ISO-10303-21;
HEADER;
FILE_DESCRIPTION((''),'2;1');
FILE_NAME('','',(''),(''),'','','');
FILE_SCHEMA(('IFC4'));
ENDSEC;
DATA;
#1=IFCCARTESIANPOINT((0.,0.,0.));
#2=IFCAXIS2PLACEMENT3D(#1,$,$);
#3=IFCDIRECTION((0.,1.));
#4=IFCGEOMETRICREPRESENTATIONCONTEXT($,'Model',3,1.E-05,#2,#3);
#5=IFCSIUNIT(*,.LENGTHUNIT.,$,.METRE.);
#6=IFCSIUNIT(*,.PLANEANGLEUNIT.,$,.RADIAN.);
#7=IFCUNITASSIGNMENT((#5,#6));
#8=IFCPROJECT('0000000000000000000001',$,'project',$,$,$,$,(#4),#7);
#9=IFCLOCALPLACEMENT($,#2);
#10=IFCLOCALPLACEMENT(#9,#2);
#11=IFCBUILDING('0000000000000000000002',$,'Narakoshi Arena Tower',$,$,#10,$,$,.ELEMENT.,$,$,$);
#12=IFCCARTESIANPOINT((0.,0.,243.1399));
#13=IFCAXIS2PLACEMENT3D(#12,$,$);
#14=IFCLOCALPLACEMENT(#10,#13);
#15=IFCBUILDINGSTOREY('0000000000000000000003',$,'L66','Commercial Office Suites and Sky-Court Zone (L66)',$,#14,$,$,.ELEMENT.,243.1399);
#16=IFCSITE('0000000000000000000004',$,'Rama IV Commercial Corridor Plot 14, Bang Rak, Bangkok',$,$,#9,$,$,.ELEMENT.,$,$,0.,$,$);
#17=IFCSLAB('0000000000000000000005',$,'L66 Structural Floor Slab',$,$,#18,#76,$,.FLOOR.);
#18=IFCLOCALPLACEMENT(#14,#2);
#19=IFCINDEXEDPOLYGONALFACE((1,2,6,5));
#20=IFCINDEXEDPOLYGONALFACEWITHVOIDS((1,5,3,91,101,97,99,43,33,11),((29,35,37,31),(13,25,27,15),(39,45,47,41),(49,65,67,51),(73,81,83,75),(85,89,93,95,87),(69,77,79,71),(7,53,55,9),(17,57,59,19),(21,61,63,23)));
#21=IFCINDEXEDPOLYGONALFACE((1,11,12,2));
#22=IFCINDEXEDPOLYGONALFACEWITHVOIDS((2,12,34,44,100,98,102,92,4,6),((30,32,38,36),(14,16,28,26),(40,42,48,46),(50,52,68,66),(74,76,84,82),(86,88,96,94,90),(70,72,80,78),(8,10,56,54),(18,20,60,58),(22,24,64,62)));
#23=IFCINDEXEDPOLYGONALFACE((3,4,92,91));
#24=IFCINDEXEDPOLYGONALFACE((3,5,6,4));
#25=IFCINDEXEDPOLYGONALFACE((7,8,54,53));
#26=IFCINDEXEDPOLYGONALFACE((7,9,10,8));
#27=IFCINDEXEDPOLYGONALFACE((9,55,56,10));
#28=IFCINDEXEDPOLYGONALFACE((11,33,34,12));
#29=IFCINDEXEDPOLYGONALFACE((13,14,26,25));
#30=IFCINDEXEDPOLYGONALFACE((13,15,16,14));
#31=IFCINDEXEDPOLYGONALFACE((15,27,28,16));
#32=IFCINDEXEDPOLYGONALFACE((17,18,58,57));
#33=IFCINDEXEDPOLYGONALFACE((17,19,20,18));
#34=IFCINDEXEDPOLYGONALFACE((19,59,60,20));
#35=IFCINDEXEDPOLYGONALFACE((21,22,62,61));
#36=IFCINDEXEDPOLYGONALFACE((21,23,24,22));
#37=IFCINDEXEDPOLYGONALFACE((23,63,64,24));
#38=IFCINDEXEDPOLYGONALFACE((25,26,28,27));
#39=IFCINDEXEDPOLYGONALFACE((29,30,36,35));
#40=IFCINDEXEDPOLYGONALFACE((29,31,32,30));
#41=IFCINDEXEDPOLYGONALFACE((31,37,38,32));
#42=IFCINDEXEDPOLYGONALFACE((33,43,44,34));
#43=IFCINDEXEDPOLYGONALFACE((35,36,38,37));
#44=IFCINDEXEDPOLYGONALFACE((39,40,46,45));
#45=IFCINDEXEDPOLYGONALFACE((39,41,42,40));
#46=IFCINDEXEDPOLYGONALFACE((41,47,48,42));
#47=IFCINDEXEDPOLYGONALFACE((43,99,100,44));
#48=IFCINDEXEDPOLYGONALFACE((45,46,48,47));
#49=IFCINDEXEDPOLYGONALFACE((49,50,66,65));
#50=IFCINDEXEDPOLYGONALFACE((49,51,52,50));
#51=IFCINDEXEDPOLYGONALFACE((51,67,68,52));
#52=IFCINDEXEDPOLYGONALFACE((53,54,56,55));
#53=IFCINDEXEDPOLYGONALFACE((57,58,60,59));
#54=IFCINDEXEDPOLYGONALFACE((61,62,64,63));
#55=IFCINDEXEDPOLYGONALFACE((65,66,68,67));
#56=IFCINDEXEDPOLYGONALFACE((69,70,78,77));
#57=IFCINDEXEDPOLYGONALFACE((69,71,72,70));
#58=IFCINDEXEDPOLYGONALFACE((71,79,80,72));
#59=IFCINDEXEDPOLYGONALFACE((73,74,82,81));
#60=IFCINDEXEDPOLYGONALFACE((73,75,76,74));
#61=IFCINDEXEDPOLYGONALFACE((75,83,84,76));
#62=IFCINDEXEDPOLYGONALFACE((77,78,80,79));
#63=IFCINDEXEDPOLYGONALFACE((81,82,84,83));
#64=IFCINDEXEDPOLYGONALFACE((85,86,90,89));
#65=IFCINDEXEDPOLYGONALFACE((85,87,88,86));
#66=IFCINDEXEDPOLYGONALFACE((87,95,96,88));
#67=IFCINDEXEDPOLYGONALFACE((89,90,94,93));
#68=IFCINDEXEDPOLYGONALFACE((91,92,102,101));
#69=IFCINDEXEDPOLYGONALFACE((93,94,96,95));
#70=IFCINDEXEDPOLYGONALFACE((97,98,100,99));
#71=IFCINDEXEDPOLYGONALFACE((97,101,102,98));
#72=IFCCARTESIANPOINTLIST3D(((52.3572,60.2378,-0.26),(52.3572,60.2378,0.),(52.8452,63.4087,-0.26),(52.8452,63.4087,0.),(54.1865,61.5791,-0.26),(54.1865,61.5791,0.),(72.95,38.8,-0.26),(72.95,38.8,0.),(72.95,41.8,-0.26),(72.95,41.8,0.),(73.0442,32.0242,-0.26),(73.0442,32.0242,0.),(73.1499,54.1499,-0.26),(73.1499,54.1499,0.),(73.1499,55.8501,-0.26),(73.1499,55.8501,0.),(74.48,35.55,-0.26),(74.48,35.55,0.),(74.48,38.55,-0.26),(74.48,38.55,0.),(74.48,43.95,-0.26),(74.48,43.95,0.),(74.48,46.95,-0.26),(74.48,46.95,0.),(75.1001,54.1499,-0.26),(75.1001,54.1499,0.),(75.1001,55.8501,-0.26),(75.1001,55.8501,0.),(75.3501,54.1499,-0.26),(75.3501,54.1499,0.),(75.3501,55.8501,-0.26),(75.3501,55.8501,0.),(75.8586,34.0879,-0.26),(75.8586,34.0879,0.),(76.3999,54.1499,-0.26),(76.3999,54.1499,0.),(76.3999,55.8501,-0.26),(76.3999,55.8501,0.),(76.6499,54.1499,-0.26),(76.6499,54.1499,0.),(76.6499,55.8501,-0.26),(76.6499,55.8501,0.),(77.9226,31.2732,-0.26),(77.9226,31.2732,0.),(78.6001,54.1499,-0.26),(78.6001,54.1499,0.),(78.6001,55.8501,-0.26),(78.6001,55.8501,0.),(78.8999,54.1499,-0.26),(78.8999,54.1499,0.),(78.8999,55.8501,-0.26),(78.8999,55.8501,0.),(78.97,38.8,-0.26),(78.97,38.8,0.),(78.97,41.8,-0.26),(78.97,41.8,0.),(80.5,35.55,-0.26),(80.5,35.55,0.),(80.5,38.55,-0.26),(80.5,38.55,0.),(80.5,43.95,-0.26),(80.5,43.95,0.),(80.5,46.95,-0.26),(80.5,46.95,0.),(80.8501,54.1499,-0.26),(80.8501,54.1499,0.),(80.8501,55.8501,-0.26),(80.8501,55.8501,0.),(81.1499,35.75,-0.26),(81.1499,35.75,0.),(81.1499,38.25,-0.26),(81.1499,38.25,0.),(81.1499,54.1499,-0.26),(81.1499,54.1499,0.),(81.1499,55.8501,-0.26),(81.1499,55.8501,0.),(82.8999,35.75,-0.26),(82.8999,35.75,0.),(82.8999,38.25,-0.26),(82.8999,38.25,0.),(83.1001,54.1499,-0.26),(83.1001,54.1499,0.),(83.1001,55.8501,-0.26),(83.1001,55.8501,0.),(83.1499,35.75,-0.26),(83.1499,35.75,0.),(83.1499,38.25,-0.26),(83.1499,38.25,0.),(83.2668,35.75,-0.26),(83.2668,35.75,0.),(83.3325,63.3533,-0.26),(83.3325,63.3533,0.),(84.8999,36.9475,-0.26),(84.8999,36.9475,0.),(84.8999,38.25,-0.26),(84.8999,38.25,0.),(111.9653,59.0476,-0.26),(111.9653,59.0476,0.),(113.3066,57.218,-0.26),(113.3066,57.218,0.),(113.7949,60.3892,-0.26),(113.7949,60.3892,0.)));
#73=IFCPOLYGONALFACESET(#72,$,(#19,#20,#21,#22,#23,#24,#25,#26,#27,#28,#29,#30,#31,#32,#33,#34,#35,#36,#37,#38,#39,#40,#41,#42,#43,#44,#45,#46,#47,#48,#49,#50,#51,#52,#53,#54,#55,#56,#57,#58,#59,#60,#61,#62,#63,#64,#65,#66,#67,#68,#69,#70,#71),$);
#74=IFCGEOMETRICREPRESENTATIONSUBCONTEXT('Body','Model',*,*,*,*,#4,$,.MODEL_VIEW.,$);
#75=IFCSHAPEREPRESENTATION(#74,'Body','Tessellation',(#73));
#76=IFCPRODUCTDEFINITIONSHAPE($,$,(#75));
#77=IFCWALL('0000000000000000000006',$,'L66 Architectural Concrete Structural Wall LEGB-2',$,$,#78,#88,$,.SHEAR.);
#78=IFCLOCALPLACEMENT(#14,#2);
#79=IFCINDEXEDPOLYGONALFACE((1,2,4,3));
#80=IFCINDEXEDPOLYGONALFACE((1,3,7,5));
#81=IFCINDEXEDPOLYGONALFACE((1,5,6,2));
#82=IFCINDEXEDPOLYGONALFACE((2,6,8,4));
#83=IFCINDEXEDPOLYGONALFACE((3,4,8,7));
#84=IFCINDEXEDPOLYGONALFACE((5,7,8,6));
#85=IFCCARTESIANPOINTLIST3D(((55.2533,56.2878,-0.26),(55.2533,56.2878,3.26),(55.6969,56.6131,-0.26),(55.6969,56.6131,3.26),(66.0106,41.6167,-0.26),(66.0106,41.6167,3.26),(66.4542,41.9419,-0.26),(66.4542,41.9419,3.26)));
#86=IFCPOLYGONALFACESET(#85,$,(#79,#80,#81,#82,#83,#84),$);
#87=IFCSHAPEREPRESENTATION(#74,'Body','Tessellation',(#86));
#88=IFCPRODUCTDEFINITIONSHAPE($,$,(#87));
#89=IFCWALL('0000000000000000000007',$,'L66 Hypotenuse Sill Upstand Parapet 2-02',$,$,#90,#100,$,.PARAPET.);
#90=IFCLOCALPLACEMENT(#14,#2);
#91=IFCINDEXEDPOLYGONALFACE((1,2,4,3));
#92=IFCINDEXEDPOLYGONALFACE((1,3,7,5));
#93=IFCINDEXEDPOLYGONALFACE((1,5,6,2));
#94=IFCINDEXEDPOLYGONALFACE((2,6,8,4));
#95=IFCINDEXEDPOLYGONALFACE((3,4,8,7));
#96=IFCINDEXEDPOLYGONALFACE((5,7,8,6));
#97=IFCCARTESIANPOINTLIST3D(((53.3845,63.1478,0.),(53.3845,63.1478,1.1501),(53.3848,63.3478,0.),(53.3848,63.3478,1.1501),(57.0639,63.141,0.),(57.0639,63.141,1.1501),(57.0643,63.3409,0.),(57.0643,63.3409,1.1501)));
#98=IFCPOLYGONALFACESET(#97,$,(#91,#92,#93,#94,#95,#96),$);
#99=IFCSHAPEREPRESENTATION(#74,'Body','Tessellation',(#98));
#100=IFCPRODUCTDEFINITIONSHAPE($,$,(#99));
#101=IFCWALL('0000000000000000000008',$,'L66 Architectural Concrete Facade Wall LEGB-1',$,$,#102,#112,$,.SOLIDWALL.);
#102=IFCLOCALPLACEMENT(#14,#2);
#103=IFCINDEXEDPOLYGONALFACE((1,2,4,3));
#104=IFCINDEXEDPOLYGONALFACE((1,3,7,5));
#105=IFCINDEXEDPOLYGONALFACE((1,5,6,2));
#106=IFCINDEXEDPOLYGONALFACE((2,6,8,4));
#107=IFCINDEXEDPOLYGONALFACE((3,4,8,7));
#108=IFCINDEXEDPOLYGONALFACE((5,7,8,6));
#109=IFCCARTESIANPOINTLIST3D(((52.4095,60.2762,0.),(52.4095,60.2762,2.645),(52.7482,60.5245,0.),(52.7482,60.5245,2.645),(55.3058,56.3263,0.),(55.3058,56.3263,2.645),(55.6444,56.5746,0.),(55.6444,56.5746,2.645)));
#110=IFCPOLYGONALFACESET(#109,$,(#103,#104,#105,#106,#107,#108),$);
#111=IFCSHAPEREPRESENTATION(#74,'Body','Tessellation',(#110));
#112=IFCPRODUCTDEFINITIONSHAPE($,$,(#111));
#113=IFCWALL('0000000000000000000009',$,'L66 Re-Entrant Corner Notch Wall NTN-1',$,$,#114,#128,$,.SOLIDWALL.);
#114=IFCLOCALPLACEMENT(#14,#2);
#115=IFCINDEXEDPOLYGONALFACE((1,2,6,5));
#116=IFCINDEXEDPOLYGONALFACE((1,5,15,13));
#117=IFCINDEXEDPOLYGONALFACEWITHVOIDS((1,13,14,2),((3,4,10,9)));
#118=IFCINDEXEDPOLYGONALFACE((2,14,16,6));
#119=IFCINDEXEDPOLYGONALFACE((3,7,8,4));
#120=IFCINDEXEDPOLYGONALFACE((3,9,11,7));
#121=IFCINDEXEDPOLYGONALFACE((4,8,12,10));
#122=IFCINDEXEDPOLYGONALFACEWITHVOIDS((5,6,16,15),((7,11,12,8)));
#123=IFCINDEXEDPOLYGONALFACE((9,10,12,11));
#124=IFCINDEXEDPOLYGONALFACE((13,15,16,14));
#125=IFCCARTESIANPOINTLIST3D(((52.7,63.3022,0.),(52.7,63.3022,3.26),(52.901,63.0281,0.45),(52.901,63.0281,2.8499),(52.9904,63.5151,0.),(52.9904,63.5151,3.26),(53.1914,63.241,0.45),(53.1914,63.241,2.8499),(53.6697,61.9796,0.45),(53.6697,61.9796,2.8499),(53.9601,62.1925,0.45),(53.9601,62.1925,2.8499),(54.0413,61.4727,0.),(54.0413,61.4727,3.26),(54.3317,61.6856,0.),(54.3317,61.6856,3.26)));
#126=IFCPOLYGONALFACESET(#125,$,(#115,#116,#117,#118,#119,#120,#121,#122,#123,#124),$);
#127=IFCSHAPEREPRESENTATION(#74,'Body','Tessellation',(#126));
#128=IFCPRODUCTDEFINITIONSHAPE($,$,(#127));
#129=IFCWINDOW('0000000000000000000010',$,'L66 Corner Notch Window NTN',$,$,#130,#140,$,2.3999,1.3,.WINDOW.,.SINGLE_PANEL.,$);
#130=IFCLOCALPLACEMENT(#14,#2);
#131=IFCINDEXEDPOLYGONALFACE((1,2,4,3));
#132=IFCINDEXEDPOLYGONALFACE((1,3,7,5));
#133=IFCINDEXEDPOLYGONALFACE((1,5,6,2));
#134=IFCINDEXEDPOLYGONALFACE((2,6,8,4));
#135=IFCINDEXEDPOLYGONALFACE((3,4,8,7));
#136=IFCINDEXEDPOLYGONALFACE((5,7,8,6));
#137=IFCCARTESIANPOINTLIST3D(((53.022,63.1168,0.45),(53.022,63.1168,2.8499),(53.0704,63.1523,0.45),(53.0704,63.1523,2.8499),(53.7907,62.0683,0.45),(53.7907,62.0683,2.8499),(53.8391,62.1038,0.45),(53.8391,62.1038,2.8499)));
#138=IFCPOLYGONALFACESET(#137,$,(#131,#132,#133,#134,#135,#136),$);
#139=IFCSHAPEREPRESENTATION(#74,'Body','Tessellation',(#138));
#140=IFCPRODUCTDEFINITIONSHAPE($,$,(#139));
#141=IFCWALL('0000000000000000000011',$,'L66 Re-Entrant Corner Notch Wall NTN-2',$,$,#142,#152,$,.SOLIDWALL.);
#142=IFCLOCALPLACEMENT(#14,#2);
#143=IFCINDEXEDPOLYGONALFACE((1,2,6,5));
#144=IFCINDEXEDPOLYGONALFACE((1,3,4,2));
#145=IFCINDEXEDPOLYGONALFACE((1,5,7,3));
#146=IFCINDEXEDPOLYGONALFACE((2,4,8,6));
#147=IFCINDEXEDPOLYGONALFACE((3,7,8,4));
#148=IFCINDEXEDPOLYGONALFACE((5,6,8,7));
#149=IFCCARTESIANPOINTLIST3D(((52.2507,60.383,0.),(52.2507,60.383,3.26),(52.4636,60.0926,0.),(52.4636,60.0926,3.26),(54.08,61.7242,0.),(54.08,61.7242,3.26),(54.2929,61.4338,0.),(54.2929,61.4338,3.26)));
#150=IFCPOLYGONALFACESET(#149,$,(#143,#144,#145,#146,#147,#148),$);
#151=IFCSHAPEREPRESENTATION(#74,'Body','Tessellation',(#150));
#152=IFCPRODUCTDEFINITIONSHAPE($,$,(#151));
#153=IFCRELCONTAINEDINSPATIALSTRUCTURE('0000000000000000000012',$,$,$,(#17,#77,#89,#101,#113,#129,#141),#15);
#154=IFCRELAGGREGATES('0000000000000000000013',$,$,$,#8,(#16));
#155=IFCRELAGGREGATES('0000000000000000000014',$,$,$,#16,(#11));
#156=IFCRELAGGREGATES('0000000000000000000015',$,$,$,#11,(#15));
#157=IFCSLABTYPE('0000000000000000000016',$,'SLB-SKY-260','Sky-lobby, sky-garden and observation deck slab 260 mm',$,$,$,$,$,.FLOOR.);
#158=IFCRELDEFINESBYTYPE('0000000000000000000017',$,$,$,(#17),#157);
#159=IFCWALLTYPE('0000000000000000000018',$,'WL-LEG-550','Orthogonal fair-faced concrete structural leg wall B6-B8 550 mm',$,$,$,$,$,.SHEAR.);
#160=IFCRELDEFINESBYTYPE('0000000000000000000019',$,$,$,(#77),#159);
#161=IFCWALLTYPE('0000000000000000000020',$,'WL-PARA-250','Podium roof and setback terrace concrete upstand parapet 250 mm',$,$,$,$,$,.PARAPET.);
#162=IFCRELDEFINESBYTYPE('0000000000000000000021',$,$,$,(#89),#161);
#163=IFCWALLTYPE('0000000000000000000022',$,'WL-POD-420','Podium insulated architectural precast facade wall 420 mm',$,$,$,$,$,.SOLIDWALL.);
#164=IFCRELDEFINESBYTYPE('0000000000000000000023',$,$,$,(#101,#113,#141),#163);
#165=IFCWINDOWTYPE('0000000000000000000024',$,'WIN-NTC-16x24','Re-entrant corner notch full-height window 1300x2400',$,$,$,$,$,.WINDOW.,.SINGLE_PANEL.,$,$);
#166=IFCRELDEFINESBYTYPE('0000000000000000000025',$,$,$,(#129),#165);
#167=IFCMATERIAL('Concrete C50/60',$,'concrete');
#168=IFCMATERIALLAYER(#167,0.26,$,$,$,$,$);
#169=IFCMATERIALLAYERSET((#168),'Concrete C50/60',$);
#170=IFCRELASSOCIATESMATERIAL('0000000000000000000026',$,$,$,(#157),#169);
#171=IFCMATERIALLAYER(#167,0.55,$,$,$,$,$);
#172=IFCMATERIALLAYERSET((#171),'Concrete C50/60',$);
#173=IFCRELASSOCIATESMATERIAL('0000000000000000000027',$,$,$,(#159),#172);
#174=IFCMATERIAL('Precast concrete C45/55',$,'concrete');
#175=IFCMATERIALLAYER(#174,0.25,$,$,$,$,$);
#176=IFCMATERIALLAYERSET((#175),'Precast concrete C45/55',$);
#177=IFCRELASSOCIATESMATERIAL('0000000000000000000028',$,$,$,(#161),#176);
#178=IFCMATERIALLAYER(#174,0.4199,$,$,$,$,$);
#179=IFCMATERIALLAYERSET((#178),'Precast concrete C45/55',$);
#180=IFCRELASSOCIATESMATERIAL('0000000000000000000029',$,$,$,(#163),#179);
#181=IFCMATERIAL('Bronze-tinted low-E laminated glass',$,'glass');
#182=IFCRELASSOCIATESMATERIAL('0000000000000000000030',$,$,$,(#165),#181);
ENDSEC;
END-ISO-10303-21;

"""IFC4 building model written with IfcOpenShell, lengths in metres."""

from ifc_helpers import new_model, si_unit, direction, frame, frame_2d, origin, place, context, subcontext, project, spatial, polyline, rectangle, outline, extrude, material, layer, layer_set, type_object, element, fill, save


model = new_model("IFC4")

# Units and contexts
model_context = context("Model", 3, precision=1e-05, world=origin(), true_north=direction((0.0, 1.0)))
body_context = subcontext(model_context, "Body", "Model", "MODEL_VIEW")
ifc_project = project(units=[si_unit("LENGTHUNIT", "METRE"), si_unit("PLANEANGLEUNIT", "RADIAN")], contexts=[model_context])

# Site, building, storey
site_placement = place(None, origin())
site = spatial("IfcSite", under=ifc_project, at=site_placement, Name="Rama IV Commercial Corridor Plot 14, Bang Rak, Bangkok", CompositionType="ELEMENT", RefElevation=0.0)
building_placement = place(site_placement, origin())
building = spatial("IfcBuilding", under=site, at=building_placement, Name="Narakoshi Arena Tower", CompositionType="ELEMENT")
storey_placement = place(building_placement, frame((0.0, 0.0, 243.1399)))
storey = spatial("IfcBuildingStorey", under=building, at=storey_placement, Name="L66", Description="Commercial Office Suites and Sky-Court Zone (L66)", CompositionType="ELEMENT", Elevation=243.1399)

# Shared definitions
ifc_material_1 = material(Name="Concrete C50/60", Category="concrete")

# Shared definitions
ifc_material_2 = material(Name="Bronze-tinted low-E laminated glass", Category="glass")

# Slab
ifc_layer_1 = layer(ifc_material_1, 0.26)
ifc_layer_set_1 = layer_set([ifc_layer_1], Name="Concrete C50/60")
slab_type_1 = type_object("IfcSlabType", Name="SLB-SKY-260", Description="Sky-lobby, sky-garden and observation deck slab 260 mm", PredefinedType="FLOOR", material=ifc_layer_set_1)
slab_1_placement = place(storey_placement, frame((0.0, 0.0, -0.26)))
element("IfcSlab", 1, at=slab_1_placement, inside=storey, type_object=slab_type_1, Name="L66 Structural Floor Slab", PredefinedType="FLOOR", context=body_context, shape_type="SweptSolid", body=[
    extrude(outline(polyline([(77.9226, 31.2732), (113.3066, 57.218), (111.9653, 59.0476), (113.7949, 60.3892), (83.3325, 63.3533), (52.8452, 63.4087), (54.1865, 61.5791), (52.3572, 60.2378), (73.0442, 32.0242), (75.8586, 34.0879), (77.9226, 31.2732)]), holes=[polyline([(80.5, 35.55), (74.48, 35.55), (74.48, 38.55), (80.5, 38.55), (80.5, 35.55)]), polyline([(82.8999, 35.75), (81.1499, 35.75), (81.1499, 38.25), (82.8999, 38.25), (82.8999, 35.75)]), polyline([(84.8999, 36.9475), (83.2668, 35.75), (83.1499, 35.75), (83.1499, 38.25), (84.8999, 38.25), (84.8999, 36.9475)]), polyline([(72.95, 38.8), (72.95, 41.8), (78.97, 41.8), (78.97, 38.8), (72.95, 38.8)]), polyline([(74.48, 43.95), (74.48, 46.95), (80.5, 46.95), (80.5, 43.95), (74.48, 43.95)]), polyline([(75.1001, 54.1499), (73.1499, 54.1499), (73.1499, 55.8501), (75.1001, 55.8501), (75.1001, 54.1499)]), polyline([(76.3999, 54.1499), (75.3501, 54.1499), (75.3501, 55.8501), (76.3999, 55.8501), (76.3999, 54.1499)]), polyline([(78.6001, 54.1499), (76.6499, 54.1499), (76.6499, 55.8501), (78.6001, 55.8501), (78.6001, 54.1499)]), polyline([(78.8999, 54.1499), (78.8999, 55.8501), (80.8501, 55.8501), (80.8501, 54.1499), (78.8999, 54.1499)]), polyline([(81.1499, 54.1499), (81.1499, 55.8501), (83.1001, 55.8501), (83.1001, 54.1499), (81.1499, 54.1499)])]), origin(), (0.0, 0.0, 1.0), 0.26),
])

# Walls
ifc_layer_2 = layer(ifc_material_1, 0.55)
ifc_layer_set_2 = layer_set([ifc_layer_2], Name="Concrete C50/60")
wall_type_1 = type_object("IfcWallType", Name="WL-LEG-550", Description="Orthogonal fair-faced concrete structural leg wall B6-B8 550 mm", PredefinedType="SHEAR", material=ifc_layer_set_2)
wall_1_placement = place(storey_placement, frame((55.4751, 56.4504, -0.26), z_axis=(0.0, 0.0, 1.0), x_axis=(0.59131, -0.806445, 0.0)))
element("IfcWall", 2, at=wall_1_placement, inside=storey, type_object=wall_type_1, Name="L66 Architectural Concrete Structural Wall LEGB-2", PredefinedType="SHEAR", context=body_context, shape_type="SweptSolid", body=[
    extrude(rectangle(XDim=18.1924, YDim=0.55, at=frame_2d((9.0962, 0.0))), origin(), (0.0, 0.0, 1.0), 3.52),
])
ifc_material_3 = material(Name="Precast concrete C45/55", Category="concrete")
ifc_layer_3 = layer(ifc_material_3, 0.25)
ifc_layer_set_3 = layer_set([ifc_layer_3], Name="Precast concrete C45/55")
wall_type_2 = type_object("IfcWallType", Name="WL-PARA-250", Description="Podium roof and setback terrace concrete upstand parapet 250 mm", PredefinedType="PARAPET", material=ifc_layer_set_3)
wall_2_placement = place(storey_placement, frame((57.0642, 63.241, 0.0), z_axis=(0.0, 0.0, 1.0), x_axis=(-0.999998, 0.001858, 0.0)))
element("IfcWall", 3, at=wall_2_placement, inside=storey, type_object=wall_type_2, Name="L66 Hypotenuse Sill Upstand Parapet 2-02", PredefinedType="PARAPET", context=body_context, shape_type="SweptSolid", body=[
    extrude(rectangle(XDim=3.6794, YDim=0.2, at=frame_2d((1.8398, 0.0))), origin(), (0.0, 0.0, 1.0), 1.1501),
])
ifc_layer_4 = layer(ifc_material_3, 0.4199)
ifc_layer_set_4 = layer_set([ifc_layer_4], Name="Precast concrete C45/55")
wall_type_3 = type_object("IfcWallType", Name="WL-POD-420", Description="Podium insulated architectural precast facade wall 420 mm", PredefinedType="SOLIDWALL", material=ifc_layer_set_4)
wall_3_placement = place(storey_placement, frame((52.5789, 60.4004, 0.0), z_axis=(0.0, 0.0, 1.0), x_axis=(0.591312, -0.806443, 0.0)))
element("IfcWall", 4, at=wall_3_placement, inside=storey, type_object=wall_type_3, Name="L66 Architectural Concrete Facade Wall LEGB-1", PredefinedType="SOLIDWALL", context=body_context, shape_type="SweptSolid", body=[
    extrude(rectangle(XDim=4.8979, YDim=0.4199, at=frame_2d((2.449, 0.0))), origin(), (0.0, 0.0, 1.0), 2.645),
])

# Wall, opening, window
wall_4_placement = place(storey_placement, frame((52.8452, 63.4087, 0.0), z_axis=(0.0, 0.0, 1.0), x_axis=(0.591252, -0.806487, 0.0)))
wall_4 = element("IfcWall", 5, at=wall_4_placement, inside=storey, type_object=wall_type_3, Name="L66 Re-Entrant Corner Notch Wall NTN-1", PredefinedType="SOLIDWALL", context=body_context, shape_type="SweptSolid", body=[
    extrude(rectangle(XDim=2.2686, YDim=0.3601, at=frame_2d((1.1343, 0.0))), origin(), (0.0, 0.0, 1.0), 3.26),
])
opening_placement = place(wall_4_placement, frame((0.3401, 0.0, 0.45)))
opening = element("IfcOpeningElement", 6, at=opening_placement, cuts=wall_4, PredefinedType="OPENING", context=body_context, shape_type="SweptSolid", body=[
    extrude(rectangle(XDim=1.3, YDim=2.3999, at=frame_2d((0.6499, 1.2))), frame((0.0, 0.1899, 0.0), z_axis=(0.0, -1.0, 0.0), x_axis=(1.0, 0.0, 0.0)), (0.0, 0.0, 1.0), 0.3801),
])
window_type = type_object("IfcWindowType", Name="WIN-NTC-16x24", Description="Re-entrant corner notch full-height window 1300x2400", PartitioningType="SINGLE_PANEL", PredefinedType="WINDOW", material=ifc_material_2)
window_placement = place(opening_placement, origin())
window = element("IfcWindow", 7, at=window_placement, inside=storey, type_object=window_type, Name="L66 Corner Notch Window NTN", OverallHeight=2.3999, OverallWidth=1.3, PartitioningType="SINGLE_PANEL", PredefinedType="WINDOW", context=body_context, shape_type="SweptSolid", body=[
    extrude(rectangle(XDim=1.3, YDim=2.3999, at=frame_2d((0.6499, 1.2))), frame((0.0, 0.03, 0.0), z_axis=(0.0, -1.0, 0.0), x_axis=(1.0, 0.0, 0.0)), (0.0, 0.0, 1.0), 0.0601),
])
fill(opening, window)

# Wall
wall_5_placement = place(storey_placement, frame((54.1865, 61.5791, 0.0), z_axis=(0.0, 0.0, 1.0), x_axis=(-0.806449, -0.591303, 0.0)))
element("IfcWall", 8, at=wall_5_placement, inside=storey, type_object=wall_type_3, Name="L66 Re-Entrant Corner Notch Wall NTN-2", PredefinedType="SOLIDWALL", context=body_context, shape_type="SweptSolid", body=[
    extrude(rectangle(XDim=2.2683, YDim=0.3601, at=frame_2d((1.1343, 0.0))), origin(), (0.0, 0.0, 1.0), 3.26),
])

save(model, "model.ifc")
